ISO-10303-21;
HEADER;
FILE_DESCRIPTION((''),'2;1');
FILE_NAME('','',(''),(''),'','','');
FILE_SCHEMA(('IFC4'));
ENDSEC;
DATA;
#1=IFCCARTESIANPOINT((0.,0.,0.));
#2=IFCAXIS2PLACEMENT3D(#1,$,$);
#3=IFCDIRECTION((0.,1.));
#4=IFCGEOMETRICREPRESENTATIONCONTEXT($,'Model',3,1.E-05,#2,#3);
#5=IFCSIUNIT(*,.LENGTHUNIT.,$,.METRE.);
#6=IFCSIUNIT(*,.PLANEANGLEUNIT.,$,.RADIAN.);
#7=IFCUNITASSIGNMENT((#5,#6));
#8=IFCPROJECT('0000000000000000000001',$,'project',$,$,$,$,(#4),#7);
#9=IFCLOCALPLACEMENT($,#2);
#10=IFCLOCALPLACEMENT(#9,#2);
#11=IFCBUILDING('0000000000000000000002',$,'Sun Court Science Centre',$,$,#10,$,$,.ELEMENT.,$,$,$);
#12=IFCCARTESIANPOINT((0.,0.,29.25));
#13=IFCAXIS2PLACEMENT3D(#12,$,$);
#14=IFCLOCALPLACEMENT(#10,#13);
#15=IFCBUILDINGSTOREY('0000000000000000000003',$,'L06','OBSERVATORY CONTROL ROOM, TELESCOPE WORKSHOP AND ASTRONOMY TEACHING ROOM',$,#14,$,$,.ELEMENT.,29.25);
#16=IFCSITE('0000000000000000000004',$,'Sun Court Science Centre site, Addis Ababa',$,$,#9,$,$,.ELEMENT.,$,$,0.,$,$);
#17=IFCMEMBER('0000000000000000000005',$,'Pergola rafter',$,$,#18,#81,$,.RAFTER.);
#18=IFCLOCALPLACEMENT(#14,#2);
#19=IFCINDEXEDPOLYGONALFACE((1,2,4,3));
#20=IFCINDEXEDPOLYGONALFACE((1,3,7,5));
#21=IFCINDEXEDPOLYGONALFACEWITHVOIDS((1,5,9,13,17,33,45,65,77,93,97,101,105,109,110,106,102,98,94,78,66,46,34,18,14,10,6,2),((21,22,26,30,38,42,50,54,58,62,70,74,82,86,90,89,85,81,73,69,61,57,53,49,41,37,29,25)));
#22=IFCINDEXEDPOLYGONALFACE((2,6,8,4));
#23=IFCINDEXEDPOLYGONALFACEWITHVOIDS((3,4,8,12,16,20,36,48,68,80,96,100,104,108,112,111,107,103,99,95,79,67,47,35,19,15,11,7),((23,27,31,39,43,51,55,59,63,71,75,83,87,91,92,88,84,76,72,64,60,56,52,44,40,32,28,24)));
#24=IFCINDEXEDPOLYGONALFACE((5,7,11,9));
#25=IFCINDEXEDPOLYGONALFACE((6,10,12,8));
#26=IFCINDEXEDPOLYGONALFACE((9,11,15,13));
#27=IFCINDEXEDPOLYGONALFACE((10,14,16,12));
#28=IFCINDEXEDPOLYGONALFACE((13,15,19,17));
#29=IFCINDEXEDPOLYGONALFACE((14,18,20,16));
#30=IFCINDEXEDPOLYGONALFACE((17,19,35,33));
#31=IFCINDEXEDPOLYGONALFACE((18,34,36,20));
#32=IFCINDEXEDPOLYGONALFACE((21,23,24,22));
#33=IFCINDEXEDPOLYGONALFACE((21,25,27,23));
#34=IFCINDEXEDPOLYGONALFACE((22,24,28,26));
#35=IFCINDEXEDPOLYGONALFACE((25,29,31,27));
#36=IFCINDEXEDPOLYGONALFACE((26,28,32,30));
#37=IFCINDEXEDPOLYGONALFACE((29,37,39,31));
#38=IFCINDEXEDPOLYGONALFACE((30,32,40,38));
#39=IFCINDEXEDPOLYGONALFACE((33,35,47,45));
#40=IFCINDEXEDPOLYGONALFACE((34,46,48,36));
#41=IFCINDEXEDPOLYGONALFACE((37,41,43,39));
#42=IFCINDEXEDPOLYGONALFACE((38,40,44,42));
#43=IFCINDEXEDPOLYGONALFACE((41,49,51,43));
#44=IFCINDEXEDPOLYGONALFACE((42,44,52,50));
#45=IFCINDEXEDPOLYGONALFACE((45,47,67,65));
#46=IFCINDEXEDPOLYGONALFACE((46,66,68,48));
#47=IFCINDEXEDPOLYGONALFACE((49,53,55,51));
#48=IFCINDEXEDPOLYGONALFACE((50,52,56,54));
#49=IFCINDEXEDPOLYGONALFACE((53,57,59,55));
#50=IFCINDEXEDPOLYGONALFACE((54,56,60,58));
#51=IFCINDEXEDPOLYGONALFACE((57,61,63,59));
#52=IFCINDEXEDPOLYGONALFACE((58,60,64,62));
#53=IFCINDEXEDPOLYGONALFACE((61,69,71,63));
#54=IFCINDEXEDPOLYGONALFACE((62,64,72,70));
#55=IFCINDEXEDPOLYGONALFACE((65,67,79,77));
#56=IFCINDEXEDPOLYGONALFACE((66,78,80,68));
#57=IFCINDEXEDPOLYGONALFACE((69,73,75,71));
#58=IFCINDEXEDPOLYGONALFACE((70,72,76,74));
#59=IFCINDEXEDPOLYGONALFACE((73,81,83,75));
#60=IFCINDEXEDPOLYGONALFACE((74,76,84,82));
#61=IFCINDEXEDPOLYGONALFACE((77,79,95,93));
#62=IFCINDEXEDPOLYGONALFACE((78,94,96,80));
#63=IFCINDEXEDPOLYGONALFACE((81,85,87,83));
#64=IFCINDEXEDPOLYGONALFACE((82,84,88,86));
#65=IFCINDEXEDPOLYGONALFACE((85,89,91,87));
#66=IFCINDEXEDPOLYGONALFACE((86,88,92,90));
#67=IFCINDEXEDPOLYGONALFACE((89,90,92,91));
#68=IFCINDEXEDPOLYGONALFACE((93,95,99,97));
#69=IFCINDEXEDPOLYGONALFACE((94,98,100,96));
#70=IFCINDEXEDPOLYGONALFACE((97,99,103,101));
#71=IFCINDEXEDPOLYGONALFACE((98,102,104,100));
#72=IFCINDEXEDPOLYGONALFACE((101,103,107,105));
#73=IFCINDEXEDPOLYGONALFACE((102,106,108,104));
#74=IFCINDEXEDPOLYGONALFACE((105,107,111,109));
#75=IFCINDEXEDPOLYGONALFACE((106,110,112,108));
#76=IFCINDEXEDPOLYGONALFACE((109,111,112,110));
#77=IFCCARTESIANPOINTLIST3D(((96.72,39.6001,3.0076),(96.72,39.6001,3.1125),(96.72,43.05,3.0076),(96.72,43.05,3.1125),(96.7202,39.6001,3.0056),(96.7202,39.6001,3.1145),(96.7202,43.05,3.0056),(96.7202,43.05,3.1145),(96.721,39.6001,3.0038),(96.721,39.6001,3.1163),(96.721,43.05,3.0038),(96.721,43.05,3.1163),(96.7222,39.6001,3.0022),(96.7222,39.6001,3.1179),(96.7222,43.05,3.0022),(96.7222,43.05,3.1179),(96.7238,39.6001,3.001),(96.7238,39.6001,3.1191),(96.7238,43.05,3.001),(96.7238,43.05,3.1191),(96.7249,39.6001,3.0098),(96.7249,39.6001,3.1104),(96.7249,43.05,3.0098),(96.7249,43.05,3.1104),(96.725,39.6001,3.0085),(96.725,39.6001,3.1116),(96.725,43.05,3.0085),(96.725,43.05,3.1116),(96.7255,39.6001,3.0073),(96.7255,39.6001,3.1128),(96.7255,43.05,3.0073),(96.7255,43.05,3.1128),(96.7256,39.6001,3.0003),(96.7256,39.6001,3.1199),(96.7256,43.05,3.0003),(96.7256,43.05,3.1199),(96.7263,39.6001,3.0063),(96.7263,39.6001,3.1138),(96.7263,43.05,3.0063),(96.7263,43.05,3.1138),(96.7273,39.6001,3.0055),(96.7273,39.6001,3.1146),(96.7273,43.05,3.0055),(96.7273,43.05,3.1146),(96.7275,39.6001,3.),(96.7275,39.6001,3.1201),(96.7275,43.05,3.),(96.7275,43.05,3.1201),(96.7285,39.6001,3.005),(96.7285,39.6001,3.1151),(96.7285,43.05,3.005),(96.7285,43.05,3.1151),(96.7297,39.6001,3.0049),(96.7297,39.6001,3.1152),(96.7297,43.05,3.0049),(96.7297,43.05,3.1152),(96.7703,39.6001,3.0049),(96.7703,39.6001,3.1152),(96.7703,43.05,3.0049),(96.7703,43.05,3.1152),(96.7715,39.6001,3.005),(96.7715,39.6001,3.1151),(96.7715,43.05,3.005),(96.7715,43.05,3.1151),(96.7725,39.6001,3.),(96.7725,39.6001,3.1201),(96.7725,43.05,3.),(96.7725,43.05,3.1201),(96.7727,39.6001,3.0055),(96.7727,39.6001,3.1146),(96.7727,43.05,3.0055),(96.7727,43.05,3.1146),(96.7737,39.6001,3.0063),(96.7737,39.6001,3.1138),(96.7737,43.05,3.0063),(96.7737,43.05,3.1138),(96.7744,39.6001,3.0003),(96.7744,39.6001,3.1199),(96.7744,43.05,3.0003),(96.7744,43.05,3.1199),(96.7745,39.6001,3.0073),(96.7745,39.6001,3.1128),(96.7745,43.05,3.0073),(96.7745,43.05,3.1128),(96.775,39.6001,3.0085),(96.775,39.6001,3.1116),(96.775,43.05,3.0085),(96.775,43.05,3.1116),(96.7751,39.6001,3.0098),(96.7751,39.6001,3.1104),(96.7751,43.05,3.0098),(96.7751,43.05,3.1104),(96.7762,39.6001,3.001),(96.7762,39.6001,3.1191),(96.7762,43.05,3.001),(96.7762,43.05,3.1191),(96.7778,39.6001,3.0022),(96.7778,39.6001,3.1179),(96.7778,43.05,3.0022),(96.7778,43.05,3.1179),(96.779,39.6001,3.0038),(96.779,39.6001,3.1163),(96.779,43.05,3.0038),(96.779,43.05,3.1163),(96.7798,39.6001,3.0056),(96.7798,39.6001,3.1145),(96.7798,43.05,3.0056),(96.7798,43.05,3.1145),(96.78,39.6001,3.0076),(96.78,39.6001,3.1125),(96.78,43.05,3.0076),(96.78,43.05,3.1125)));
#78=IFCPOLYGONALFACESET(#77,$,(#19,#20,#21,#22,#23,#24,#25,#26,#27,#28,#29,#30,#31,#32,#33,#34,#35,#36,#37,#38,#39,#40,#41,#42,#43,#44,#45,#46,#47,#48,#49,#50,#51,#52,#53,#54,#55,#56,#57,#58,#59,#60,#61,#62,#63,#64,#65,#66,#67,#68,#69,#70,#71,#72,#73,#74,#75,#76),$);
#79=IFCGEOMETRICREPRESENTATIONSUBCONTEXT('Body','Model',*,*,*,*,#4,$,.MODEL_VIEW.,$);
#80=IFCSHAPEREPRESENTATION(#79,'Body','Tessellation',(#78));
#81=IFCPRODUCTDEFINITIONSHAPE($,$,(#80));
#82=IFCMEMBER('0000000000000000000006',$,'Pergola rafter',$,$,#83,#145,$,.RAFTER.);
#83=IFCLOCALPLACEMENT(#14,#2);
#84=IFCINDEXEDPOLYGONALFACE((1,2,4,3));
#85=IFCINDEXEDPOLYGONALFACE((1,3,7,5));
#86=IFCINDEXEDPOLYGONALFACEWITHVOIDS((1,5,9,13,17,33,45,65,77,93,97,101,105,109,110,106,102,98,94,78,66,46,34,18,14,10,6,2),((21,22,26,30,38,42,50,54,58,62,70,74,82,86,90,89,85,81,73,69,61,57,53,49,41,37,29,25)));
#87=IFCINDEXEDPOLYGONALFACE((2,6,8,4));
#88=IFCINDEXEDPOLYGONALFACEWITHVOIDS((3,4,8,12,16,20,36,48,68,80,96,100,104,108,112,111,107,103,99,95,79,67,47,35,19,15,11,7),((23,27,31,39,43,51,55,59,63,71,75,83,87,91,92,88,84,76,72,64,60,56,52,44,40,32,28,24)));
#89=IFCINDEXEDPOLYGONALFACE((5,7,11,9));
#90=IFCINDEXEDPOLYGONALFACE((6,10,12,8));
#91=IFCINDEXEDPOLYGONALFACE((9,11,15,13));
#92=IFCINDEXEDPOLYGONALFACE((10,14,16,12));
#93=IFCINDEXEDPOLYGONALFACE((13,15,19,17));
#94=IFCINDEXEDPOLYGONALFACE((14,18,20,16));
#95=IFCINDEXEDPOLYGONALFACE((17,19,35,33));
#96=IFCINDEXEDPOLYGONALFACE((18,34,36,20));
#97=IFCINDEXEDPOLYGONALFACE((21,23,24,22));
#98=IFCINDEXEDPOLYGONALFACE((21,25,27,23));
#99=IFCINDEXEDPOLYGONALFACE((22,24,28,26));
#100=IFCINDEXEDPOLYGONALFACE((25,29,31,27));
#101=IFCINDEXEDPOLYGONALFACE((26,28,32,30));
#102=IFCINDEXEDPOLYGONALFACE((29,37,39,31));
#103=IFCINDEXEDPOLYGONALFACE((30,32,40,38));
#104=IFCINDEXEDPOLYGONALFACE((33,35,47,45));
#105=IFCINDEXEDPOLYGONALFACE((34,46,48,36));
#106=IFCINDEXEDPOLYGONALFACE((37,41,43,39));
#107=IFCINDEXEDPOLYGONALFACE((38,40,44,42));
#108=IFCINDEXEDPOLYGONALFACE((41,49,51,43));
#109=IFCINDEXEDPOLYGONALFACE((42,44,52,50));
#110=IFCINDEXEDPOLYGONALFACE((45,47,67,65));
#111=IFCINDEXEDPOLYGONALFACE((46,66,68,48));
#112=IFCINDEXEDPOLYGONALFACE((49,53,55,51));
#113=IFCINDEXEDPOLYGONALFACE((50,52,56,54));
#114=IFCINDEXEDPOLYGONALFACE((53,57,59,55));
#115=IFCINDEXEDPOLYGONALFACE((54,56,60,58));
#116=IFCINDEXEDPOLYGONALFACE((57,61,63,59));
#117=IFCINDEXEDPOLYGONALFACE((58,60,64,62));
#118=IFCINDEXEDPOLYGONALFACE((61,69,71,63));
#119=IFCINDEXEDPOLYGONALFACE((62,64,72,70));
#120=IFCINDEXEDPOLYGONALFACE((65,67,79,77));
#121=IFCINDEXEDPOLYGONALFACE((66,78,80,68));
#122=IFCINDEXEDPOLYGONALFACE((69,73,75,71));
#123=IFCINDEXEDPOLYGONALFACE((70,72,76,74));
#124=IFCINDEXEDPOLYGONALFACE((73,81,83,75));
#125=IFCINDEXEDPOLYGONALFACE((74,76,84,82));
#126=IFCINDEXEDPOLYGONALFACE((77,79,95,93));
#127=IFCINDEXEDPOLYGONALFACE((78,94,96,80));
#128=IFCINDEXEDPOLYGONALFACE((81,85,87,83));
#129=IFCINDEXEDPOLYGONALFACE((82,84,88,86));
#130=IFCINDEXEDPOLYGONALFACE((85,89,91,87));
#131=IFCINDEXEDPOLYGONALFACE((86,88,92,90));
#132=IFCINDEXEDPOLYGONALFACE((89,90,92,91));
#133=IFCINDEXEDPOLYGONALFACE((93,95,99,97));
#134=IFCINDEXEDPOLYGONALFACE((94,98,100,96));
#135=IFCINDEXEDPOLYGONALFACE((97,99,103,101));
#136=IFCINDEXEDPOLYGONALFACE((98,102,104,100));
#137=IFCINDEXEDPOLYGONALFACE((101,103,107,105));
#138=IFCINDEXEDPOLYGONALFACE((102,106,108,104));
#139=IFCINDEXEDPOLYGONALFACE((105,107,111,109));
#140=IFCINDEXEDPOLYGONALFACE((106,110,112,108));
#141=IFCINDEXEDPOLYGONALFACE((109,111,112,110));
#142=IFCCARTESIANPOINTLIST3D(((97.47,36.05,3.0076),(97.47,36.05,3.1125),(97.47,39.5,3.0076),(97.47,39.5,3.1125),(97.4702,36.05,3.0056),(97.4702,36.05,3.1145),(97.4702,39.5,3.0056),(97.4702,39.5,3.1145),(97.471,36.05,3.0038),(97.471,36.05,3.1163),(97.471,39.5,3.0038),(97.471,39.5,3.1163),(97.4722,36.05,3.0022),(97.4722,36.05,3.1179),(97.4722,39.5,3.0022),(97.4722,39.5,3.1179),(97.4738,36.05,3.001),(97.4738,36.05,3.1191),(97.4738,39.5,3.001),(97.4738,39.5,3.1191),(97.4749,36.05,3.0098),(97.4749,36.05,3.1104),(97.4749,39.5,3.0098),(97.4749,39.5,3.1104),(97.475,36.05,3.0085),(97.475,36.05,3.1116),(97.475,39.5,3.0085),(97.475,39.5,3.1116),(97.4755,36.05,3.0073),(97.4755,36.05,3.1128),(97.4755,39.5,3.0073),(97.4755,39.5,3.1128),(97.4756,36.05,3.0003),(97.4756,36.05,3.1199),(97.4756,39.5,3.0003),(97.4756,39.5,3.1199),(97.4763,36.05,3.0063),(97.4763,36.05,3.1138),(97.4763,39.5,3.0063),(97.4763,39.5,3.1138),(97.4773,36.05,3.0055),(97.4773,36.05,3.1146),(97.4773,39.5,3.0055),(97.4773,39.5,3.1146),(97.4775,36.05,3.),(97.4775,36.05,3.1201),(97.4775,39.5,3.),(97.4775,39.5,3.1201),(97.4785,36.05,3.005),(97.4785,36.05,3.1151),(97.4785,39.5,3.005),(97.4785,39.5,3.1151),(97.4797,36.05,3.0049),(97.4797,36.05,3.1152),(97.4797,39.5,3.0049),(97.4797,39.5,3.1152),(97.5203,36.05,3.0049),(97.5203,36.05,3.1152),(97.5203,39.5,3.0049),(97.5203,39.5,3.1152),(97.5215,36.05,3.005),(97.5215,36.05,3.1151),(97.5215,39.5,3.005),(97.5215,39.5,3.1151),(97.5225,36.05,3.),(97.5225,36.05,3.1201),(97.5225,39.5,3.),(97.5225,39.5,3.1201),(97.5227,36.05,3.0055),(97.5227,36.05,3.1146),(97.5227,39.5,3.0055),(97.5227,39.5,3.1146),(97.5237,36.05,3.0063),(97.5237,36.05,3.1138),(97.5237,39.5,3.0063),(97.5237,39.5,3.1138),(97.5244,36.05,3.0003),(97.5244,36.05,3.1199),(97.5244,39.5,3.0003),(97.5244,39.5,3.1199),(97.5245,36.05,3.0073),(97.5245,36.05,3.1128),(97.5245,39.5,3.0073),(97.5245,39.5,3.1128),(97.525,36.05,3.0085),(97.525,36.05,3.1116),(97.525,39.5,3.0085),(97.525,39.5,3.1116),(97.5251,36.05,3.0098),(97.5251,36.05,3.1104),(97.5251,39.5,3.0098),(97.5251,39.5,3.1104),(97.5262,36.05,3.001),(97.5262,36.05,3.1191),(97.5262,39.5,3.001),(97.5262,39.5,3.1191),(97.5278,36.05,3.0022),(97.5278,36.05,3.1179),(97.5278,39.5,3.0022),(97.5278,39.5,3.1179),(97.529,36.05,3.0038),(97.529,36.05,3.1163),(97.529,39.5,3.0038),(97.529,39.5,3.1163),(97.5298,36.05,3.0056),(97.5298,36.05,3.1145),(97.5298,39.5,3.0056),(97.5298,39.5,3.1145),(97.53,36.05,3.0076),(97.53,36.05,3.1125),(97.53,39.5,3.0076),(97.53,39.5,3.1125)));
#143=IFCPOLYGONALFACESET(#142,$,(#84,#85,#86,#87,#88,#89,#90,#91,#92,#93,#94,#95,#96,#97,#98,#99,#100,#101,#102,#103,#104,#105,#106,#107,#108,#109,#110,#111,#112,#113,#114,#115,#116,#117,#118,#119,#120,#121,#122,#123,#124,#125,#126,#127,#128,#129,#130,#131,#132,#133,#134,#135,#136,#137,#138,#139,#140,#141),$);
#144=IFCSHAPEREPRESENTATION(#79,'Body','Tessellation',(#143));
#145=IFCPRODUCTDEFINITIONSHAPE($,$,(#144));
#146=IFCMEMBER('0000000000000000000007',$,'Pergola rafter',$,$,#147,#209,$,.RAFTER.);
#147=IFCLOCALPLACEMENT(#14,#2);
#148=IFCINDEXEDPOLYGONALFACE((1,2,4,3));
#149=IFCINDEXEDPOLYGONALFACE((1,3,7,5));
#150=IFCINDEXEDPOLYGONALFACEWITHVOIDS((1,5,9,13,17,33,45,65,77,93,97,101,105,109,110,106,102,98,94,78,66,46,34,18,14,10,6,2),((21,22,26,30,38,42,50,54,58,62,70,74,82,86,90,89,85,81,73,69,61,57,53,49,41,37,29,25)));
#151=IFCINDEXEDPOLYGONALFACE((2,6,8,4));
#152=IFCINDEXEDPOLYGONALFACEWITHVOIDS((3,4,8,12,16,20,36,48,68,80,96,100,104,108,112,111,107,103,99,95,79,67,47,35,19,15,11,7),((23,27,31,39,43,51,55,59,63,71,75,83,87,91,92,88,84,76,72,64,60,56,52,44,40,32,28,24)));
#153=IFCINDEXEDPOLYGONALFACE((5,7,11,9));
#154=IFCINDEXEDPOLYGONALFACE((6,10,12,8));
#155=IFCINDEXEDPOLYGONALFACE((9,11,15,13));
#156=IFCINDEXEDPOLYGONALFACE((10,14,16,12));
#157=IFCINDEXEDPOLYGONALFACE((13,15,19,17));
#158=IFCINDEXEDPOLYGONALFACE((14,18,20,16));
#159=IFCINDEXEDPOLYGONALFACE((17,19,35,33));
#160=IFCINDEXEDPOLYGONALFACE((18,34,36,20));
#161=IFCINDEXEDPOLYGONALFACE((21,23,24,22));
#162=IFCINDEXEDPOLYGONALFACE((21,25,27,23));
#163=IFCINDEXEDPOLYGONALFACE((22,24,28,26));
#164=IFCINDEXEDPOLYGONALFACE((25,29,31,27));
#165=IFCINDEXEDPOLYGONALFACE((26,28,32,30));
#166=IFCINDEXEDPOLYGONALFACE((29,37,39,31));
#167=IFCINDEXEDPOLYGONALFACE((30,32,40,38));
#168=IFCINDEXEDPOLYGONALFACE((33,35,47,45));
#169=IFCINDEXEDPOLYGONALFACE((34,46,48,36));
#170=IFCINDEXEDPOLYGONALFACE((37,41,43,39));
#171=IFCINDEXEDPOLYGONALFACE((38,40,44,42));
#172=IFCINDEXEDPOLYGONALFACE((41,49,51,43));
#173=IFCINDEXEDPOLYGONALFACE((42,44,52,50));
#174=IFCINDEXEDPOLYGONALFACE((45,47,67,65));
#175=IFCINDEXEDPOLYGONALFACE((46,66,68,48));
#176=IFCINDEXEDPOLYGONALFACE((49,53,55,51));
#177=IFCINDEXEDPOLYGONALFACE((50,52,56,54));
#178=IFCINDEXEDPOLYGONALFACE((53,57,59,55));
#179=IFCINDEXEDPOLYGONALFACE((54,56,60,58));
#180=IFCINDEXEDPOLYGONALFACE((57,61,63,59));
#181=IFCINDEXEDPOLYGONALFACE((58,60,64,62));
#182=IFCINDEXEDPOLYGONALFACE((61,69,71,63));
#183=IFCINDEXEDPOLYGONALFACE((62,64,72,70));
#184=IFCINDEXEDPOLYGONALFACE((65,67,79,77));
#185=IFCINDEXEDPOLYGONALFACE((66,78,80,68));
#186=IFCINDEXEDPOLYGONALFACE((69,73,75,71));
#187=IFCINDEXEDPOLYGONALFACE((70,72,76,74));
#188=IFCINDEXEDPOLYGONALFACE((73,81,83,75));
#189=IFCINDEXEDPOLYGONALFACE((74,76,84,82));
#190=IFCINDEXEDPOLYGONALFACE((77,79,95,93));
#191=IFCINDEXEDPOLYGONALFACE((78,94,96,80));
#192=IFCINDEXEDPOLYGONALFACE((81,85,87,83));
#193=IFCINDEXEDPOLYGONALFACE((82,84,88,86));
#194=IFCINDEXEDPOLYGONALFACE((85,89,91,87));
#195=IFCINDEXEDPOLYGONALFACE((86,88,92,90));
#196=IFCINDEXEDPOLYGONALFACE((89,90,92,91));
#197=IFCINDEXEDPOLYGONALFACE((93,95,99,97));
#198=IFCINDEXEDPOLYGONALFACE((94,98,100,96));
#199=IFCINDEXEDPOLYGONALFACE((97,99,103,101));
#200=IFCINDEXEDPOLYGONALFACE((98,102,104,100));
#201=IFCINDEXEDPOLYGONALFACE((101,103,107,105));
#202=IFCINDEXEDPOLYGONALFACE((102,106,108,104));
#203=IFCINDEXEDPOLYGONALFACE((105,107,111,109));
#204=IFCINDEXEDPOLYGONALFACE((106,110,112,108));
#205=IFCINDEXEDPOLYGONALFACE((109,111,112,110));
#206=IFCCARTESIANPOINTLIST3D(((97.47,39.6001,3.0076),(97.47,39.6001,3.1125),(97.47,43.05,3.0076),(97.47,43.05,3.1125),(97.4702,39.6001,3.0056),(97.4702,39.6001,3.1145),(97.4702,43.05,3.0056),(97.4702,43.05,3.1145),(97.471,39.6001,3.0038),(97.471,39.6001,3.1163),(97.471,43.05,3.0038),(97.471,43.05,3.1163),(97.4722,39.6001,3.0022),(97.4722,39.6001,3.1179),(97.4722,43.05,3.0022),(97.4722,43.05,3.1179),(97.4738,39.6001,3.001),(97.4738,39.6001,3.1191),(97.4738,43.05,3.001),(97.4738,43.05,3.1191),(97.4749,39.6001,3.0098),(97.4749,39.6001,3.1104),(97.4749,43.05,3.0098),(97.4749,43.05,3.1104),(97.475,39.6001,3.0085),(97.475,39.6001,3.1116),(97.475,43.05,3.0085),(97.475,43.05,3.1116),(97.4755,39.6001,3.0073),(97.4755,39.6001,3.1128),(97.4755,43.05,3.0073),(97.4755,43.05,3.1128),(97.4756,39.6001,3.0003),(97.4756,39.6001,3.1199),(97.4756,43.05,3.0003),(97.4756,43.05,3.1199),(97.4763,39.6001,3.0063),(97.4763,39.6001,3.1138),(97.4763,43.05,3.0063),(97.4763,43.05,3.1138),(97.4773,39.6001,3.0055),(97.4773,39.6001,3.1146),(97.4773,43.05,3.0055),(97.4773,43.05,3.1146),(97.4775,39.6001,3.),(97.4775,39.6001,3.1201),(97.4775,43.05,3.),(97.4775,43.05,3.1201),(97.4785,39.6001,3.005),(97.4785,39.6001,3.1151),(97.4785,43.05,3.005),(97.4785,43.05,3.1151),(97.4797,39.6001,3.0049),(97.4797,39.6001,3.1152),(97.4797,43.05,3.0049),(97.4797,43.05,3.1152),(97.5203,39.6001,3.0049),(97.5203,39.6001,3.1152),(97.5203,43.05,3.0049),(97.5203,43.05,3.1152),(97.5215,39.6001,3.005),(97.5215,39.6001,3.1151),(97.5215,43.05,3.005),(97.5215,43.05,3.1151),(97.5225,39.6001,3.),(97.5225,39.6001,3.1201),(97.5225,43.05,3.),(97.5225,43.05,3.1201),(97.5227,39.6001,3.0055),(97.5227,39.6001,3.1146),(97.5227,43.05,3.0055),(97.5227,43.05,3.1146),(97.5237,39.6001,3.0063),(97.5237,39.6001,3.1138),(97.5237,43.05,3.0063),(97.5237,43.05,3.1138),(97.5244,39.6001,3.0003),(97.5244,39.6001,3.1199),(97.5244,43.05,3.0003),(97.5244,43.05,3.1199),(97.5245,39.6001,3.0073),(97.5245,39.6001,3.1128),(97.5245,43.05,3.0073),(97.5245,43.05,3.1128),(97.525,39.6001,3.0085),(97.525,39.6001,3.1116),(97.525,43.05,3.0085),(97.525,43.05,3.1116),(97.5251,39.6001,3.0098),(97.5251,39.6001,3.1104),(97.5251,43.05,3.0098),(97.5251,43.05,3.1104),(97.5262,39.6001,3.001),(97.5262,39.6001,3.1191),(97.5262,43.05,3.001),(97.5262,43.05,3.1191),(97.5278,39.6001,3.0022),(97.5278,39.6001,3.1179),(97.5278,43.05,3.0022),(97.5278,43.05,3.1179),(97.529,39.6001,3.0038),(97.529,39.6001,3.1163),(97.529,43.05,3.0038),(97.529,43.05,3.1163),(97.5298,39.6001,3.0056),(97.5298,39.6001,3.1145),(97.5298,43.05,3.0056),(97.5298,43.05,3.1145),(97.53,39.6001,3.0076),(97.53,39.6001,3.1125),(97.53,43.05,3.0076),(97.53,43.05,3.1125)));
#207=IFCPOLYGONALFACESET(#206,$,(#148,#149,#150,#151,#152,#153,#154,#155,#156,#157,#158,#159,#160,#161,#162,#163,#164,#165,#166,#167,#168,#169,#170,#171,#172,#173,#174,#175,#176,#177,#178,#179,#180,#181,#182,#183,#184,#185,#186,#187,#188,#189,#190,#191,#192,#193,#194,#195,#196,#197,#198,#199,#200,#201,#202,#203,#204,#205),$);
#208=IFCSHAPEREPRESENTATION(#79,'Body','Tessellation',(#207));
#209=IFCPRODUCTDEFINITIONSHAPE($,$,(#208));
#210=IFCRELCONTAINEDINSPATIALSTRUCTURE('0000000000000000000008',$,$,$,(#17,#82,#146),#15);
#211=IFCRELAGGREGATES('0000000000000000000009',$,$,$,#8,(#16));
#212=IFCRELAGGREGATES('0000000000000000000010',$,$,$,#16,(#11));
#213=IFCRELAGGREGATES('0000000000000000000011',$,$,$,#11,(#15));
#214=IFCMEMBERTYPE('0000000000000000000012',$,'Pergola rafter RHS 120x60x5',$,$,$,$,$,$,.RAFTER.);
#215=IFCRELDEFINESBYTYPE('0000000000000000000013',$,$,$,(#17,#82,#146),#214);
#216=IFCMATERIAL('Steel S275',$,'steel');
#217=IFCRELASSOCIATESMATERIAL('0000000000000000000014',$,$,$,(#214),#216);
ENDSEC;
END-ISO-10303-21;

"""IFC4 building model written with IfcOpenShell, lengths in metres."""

from ifc_helpers import new_model, si_unit, direction, frame, origin, origin_2d, place, context, subcontext, project, spatial, hollow_rectangle, extrude, material, material_profile, profile_set, type_object, element, save


model = new_model("IFC4")

# Units and contexts
model_context = context("Model", 3, precision=1e-05, world=origin(), true_north=direction((0.0, 1.0)))
body_context = subcontext(model_context, "Body", "Model", "MODEL_VIEW")
ifc_project = project(units=[si_unit("LENGTHUNIT", "METRE"), si_unit("PLANEANGLEUNIT", "RADIAN")], contexts=[model_context])

# Site, building, storey
site_placement = place(None, origin())
site = spatial("IfcSite", under=ifc_project, at=site_placement, Name="Sun Court Science Centre site, Addis Ababa", CompositionType="ELEMENT", RefElevation=0.0)
building_placement = place(site_placement, origin())
building = spatial("IfcBuilding", under=site, at=building_placement, Name="Sun Court Science Centre", CompositionType="ELEMENT")
storey_placement = place(building_placement, frame((0.0, 0.0, 29.25)))
storey = spatial("IfcBuildingStorey", under=building, at=storey_placement, Name="L06", Description="OBSERVATORY CONTROL ROOM, TELESCOPE WORKSHOP AND ASTRONOMY TEACHING ROOM", CompositionType="ELEMENT", Elevation=29.25)

# Members
ifc_material_1 = material(Name="Steel S275", Category="steel")
ifc_material_profile_1 = material_profile(ifc_material_1, hollow_rectangle(XDim=0.0601, YDim=0.1201, WallThickness=0.0049, InnerFilletRadius=0.0049, OuterFilletRadius=0.0076, at=origin_2d()), Name="RHS 120x60x5")
ifc_profile_set_1 = profile_set([ifc_material_profile_1], Name="Steel S275")
member_type_1 = type_object("IfcMemberType", Name="Pergola rafter RHS 120x60x5", PredefinedType="RAFTER", material=ifc_profile_set_1)
for number, where, z_axis, x_axis, name in (
    (1, (96.75, 39.6001, 3.0601), (0.0, 1.0, 0.0), (-1.0, 0.0, 0.0), "Pergola rafter"),
    (2, (97.5, 36.05, 3.0601), (0.0, 1.0, 0.0), (-1.0, 0.0, 0.0), "Pergola rafter"),
    (3, (97.5, 39.6001, 3.0601), (0.0, 1.0, 0.0), (-1.0, 0.0, 0.0), "Pergola rafter"),
):
    element("IfcMember", number, at=place(storey_placement, frame(where, z_axis=z_axis, x_axis=x_axis)), inside=storey, type_object=member_type_1, Name=name, PredefinedType="RAFTER", context=body_context, shape_type="SweptSolid", body=[
        extrude(hollow_rectangle(XDim=0.0601, YDim=0.1201, WallThickness=0.0049, InnerFilletRadius=0.0049, OuterFilletRadius=0.0076, at=origin_2d()), origin(), (0.0, 0.0, 1.0), 3.45),
    ])

save(model, "model.ifc")
